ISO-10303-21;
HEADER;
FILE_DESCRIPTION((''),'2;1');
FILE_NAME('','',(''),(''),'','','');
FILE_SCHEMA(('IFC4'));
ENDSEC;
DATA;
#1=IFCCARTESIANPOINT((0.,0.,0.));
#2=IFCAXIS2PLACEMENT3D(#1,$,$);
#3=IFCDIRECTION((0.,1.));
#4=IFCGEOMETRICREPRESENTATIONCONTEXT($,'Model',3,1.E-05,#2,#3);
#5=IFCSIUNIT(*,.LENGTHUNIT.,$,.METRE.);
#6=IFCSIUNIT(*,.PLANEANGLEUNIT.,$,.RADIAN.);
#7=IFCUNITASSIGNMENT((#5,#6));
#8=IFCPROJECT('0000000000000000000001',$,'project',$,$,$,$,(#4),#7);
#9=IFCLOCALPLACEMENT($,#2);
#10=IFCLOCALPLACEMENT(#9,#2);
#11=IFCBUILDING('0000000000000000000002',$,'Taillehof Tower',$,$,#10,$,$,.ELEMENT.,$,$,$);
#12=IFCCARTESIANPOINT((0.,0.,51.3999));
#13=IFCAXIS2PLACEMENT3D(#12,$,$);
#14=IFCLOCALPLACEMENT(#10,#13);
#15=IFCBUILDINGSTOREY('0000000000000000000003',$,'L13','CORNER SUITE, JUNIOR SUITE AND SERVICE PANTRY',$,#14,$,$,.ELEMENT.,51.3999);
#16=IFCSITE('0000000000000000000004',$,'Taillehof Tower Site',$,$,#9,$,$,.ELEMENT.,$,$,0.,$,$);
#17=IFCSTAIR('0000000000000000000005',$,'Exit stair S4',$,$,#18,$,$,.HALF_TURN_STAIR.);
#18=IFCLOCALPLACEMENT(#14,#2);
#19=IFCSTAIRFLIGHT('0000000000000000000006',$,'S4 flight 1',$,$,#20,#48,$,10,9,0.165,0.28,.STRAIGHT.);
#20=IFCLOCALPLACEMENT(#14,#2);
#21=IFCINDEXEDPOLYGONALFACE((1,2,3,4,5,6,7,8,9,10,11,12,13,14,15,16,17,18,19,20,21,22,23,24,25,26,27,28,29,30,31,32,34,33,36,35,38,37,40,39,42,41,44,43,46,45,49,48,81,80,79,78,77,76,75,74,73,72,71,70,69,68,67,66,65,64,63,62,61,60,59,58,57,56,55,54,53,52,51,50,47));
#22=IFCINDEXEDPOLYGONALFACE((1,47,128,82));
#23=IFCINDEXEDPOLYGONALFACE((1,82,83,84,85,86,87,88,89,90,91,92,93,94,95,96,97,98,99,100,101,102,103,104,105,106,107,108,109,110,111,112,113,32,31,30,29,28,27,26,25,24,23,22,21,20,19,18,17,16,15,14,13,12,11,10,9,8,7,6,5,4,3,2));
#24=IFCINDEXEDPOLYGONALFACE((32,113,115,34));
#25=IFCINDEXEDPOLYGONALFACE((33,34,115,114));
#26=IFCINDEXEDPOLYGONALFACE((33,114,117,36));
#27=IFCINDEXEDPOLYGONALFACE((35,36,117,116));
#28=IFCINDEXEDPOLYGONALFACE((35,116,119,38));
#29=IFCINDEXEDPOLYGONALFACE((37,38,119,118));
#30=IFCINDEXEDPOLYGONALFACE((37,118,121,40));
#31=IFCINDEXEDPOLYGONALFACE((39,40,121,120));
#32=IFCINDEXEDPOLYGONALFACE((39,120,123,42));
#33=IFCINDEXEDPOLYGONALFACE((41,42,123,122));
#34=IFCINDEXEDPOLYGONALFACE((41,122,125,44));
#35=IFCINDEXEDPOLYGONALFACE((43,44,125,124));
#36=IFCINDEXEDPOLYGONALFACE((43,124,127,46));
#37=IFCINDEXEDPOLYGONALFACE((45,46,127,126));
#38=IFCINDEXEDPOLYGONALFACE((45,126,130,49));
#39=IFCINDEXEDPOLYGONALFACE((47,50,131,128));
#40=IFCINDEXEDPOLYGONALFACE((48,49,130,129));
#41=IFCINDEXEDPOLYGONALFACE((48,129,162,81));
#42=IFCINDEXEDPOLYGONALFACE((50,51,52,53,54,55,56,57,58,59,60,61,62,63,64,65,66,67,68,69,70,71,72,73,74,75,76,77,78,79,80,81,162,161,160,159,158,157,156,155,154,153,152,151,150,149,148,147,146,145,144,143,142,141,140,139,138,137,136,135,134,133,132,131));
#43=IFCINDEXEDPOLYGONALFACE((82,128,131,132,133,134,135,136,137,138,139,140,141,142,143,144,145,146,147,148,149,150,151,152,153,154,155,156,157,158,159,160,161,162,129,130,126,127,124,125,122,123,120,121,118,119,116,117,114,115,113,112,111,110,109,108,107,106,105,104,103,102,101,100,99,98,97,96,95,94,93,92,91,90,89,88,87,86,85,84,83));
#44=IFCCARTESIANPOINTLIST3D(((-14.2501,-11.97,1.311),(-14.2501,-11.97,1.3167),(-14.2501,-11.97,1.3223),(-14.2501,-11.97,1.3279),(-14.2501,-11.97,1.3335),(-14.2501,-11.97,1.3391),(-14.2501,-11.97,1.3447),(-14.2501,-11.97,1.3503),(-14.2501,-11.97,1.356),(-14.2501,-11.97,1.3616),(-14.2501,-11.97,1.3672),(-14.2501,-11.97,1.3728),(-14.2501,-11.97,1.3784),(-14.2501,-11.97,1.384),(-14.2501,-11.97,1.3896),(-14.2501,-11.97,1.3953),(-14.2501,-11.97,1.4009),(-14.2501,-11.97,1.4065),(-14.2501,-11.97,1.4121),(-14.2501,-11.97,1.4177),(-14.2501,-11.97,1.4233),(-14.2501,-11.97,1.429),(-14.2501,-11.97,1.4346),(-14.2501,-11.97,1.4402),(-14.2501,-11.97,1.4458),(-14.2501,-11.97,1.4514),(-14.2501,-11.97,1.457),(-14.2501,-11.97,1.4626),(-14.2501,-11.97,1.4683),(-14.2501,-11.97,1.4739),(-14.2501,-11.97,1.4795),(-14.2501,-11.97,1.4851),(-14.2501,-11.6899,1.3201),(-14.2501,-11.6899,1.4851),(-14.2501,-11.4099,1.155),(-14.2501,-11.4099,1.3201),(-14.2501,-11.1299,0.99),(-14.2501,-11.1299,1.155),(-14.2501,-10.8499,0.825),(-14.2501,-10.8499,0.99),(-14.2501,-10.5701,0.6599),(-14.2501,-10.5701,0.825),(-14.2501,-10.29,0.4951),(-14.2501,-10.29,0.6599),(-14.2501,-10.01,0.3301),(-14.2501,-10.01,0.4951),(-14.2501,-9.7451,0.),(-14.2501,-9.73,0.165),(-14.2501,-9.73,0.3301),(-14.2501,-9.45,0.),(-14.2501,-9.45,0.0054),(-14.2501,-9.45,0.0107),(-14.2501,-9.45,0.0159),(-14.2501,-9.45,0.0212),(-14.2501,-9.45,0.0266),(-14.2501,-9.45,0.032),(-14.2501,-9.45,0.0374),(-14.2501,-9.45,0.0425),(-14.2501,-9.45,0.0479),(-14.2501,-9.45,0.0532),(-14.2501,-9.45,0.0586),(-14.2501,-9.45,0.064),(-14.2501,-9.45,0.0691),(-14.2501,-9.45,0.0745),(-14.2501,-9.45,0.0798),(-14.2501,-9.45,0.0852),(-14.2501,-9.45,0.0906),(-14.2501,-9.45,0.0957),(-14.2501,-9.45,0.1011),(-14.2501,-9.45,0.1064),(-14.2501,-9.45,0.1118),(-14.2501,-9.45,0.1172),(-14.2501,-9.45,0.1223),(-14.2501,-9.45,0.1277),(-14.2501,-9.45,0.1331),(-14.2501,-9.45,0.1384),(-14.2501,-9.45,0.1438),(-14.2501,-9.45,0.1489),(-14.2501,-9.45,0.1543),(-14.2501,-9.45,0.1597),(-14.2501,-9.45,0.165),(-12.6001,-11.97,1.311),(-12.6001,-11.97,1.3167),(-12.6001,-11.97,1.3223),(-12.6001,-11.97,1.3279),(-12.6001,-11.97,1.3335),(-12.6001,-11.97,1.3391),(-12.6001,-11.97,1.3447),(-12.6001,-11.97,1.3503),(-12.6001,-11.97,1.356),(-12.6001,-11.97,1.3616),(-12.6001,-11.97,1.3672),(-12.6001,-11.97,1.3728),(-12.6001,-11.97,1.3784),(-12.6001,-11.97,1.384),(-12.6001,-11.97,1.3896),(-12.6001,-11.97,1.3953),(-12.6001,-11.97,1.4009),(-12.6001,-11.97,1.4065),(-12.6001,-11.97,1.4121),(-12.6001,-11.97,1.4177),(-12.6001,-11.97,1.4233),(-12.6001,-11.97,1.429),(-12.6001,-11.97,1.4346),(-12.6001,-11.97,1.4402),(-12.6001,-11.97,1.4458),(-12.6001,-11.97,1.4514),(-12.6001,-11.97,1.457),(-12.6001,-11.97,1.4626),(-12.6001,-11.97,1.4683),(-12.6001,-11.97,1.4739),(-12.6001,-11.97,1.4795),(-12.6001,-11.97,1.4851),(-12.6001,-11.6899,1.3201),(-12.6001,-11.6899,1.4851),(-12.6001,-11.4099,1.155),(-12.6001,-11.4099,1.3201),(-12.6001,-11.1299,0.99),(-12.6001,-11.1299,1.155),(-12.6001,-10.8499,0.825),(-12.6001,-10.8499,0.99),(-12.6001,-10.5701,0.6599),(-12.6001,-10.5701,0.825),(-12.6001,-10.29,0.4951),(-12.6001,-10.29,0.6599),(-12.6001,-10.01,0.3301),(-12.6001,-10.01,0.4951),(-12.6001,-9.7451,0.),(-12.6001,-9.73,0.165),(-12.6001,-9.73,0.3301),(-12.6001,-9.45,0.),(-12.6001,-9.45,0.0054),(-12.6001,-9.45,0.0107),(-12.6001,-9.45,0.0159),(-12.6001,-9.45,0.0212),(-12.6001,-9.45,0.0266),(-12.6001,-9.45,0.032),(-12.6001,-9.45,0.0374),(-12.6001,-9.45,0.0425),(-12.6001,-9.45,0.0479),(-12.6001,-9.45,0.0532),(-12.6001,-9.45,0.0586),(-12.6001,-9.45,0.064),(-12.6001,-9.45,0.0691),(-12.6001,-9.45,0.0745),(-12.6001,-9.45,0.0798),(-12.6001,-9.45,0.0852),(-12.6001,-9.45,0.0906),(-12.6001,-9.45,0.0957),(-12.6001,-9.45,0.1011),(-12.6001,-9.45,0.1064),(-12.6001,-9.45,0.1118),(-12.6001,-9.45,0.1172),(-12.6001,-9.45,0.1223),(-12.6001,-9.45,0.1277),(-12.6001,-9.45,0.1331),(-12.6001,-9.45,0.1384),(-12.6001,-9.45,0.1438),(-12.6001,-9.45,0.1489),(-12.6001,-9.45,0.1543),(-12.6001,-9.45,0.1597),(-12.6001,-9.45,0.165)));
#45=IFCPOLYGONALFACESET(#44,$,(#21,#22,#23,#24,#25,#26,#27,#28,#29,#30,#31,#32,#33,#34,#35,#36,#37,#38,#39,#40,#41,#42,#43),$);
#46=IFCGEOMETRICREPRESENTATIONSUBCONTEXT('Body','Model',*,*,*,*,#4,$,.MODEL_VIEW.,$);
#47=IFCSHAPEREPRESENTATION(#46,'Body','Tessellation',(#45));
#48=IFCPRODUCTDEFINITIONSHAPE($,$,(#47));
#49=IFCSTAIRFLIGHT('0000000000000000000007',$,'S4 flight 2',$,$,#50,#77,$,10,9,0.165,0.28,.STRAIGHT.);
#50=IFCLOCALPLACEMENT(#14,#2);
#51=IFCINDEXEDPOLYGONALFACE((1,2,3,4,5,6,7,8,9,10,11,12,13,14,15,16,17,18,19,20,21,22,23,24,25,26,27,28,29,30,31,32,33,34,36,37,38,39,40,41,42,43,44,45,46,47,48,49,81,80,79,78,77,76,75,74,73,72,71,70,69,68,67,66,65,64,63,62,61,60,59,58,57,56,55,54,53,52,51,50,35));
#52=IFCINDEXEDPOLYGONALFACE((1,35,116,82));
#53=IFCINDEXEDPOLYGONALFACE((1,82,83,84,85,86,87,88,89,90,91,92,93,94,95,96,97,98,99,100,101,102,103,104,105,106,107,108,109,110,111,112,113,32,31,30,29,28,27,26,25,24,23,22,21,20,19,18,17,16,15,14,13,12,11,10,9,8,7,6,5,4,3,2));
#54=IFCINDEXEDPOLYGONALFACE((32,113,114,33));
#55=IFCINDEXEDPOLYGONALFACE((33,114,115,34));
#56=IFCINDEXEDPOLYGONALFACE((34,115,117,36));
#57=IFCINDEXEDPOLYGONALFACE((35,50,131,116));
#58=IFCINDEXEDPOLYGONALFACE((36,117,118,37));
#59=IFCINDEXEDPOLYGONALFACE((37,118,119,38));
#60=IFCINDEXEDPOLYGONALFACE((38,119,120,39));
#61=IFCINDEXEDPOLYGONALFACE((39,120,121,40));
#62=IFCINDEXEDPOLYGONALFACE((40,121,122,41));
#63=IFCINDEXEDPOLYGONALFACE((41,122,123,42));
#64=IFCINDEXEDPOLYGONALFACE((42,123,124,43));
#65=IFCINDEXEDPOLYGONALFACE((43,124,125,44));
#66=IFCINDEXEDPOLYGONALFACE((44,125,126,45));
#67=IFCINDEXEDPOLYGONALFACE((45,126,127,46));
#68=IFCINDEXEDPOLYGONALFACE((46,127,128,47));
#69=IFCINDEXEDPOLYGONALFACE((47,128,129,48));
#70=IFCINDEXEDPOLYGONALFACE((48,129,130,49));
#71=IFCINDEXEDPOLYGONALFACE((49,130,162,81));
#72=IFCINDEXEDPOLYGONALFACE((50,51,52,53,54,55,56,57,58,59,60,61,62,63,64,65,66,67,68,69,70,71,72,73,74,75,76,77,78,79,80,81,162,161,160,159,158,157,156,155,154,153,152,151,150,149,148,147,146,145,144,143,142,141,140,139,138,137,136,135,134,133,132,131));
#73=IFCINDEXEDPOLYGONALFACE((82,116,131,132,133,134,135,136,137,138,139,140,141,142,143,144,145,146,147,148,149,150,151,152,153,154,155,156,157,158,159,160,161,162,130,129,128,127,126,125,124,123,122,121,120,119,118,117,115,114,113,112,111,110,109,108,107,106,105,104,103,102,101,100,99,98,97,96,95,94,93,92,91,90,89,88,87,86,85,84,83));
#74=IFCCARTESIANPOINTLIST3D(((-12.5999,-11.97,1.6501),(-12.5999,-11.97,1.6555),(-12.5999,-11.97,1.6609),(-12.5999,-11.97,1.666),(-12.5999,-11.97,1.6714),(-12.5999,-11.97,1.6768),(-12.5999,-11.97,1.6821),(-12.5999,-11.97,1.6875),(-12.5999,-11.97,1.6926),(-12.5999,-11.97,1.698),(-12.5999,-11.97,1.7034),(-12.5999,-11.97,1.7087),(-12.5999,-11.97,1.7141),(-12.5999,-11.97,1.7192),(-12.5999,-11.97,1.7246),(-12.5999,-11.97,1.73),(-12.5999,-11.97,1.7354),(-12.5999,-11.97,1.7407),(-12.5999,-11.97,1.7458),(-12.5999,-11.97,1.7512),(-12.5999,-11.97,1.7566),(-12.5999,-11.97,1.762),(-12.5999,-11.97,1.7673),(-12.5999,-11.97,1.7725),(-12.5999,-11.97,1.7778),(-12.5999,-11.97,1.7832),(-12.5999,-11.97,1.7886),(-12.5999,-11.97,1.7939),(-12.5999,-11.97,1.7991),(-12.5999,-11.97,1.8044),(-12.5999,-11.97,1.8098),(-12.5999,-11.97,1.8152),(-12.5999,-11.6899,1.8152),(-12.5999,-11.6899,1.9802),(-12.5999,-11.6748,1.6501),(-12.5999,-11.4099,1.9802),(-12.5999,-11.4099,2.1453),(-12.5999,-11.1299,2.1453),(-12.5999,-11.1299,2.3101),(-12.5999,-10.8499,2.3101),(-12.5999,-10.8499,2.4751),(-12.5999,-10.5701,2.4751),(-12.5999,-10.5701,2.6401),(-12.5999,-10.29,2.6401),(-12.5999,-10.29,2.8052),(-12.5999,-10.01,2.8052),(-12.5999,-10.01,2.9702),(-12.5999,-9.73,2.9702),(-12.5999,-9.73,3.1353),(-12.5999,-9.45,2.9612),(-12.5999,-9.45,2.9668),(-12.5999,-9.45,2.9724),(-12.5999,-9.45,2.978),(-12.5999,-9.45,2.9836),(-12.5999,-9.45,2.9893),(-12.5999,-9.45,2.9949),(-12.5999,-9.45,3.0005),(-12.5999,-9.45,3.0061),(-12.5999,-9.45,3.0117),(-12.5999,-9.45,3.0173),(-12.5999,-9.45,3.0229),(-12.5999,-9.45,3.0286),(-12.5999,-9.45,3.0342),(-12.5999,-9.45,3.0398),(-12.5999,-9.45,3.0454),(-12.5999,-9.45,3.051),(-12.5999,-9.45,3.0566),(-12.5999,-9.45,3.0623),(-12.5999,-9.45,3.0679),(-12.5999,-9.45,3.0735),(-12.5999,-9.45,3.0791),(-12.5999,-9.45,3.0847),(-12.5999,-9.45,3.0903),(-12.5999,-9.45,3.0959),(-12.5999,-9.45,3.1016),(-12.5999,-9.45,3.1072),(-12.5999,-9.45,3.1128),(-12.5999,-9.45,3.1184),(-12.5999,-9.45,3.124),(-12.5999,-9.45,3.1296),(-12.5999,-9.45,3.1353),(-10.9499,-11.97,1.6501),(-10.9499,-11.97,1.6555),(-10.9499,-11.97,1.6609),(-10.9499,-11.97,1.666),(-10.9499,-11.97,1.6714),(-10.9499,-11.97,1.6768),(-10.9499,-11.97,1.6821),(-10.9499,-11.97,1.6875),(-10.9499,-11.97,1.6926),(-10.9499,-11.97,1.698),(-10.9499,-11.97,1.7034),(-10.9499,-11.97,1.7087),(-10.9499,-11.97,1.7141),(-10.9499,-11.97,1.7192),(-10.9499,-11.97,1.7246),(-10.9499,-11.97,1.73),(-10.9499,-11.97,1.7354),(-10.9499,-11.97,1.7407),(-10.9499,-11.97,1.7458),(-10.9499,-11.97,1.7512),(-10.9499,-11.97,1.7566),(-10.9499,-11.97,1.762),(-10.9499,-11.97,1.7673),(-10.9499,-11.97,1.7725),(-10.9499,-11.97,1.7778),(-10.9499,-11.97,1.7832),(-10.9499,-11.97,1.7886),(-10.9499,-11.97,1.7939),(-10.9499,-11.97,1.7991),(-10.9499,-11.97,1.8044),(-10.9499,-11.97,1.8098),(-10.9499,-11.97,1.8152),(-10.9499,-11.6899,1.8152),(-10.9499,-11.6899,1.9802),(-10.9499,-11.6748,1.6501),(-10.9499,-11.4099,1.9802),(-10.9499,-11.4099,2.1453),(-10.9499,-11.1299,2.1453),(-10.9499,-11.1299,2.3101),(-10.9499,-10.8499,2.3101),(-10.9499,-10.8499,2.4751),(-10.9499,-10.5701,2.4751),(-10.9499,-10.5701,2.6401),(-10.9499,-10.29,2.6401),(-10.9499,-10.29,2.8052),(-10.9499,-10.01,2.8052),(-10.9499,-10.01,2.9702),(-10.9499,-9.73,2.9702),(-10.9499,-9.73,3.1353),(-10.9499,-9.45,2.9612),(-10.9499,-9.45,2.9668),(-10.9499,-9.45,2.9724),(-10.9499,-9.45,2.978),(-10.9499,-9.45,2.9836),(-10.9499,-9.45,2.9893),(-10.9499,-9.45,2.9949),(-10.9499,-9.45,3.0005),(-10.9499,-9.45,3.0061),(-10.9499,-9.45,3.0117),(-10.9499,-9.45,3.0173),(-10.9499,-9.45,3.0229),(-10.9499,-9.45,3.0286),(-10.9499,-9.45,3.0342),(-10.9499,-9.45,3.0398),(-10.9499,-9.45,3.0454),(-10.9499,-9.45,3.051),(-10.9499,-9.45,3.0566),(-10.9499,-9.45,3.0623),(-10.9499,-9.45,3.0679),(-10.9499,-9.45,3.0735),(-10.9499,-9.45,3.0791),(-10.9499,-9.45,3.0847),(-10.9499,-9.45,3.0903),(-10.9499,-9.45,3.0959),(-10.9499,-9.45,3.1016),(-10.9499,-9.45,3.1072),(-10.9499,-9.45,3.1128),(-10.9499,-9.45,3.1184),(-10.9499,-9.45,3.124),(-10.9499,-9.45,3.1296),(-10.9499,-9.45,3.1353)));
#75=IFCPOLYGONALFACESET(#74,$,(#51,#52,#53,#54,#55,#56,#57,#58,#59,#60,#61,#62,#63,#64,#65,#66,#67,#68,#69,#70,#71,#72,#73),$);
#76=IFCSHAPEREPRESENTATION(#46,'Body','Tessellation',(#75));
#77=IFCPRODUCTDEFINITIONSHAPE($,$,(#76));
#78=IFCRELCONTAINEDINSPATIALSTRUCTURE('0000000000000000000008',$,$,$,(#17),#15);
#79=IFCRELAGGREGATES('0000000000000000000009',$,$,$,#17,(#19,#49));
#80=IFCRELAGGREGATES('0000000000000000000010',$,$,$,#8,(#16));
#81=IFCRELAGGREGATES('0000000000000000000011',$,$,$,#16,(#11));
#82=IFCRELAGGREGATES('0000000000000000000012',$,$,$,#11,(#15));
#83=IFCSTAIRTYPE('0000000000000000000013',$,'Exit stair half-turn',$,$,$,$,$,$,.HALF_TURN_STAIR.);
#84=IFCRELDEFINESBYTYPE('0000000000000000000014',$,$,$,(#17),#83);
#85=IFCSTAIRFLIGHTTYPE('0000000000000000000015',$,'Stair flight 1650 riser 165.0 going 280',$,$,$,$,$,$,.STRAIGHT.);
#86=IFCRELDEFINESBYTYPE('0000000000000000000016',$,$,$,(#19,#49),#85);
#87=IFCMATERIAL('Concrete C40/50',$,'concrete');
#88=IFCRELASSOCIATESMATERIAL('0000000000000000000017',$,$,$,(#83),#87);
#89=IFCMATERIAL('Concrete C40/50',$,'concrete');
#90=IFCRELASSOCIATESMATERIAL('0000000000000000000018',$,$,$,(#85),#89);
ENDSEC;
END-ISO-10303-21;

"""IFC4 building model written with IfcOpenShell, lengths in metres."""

from ifc_helpers import new_model, si_unit, direction, frame, origin, place, context, subcontext, project, spatial, polyline, outline, extrude, material, type_object, element, aggregate, save


model = new_model("IFC4")

# Units and contexts
model_context = context("Model", 3, precision=1e-05, world=origin(), true_north=direction((0.0, 1.0)))
body_context = subcontext(model_context, "Body", "Model", "MODEL_VIEW")
ifc_project = project(units=[si_unit("LENGTHUNIT", "METRE"), si_unit("PLANEANGLEUNIT", "RADIAN")], contexts=[model_context])

# Site, building, storey
site_placement = place(None, origin())
site = spatial("IfcSite", under=ifc_project, at=site_placement, Name="Taillehof Tower Site", CompositionType="ELEMENT", RefElevation=0.0)
building_placement = place(site_placement, origin())
building = spatial("IfcBuilding", under=site, at=building_placement, Name="Taillehof Tower", CompositionType="ELEMENT")
storey_placement = place(building_placement, frame((0.0, 0.0, 51.3999)))
storey = spatial("IfcBuildingStorey", under=building, at=storey_placement, Name="L13", Description="CORNER SUITE, JUNIOR SUITE AND SERVICE PANTRY", CompositionType="ELEMENT", Elevation=51.3999)

# Stair, stair flights
ifc_material_1 = material(Name="Concrete C40/50", Category="concrete")
stair_type = type_object("IfcStairType", Name="Exit stair half-turn", PredefinedType="HALF_TURN_STAIR", material=ifc_material_1)
stair_placement = place(storey_placement, origin())
stair = element("IfcStair", 1, at=stair_placement, inside=storey, type_object=stair_type, Name="Exit stair S4", PredefinedType="HALF_TURN_STAIR")
ifc_material_2 = material(Name="Concrete C40/50", Category="concrete")
stair_flight_type = type_object("IfcStairFlightType", Name="Stair flight 1650 riser 165.0 going 280", PredefinedType="STRAIGHT", material=ifc_material_2)
stair_flight_1_placement = place(storey_placement, frame((-13.425, -9.45, 0.0), z_axis=(0.0, 0.0, 1.0), x_axis=(0.0, -1.0, 0.0)))
stair_flight_1 = element("IfcStairFlight", 2, at=stair_flight_1_placement, type_object=stair_flight_type, Name="S4 flight 1", NumberOfRisers=10, NumberOfTreads=9, PredefinedType="STRAIGHT", RiserHeight=0.165, TreadLength=0.28, context=body_context, shape_type="SweptSolid", body=[
    extrude(outline(polyline([(0.0, 0.0), (0.0, 0.0054), (0.0, 0.0107), (0.0, 0.0159), (0.0, 0.0212), (0.0, 0.0266), (0.0, 0.032), (0.0, 0.0374), (0.0, 0.0425), (0.0, 0.0479), (0.0, 0.0532), (0.0, 0.0586), (0.0, 0.064), (0.0, 0.0691), (0.0, 0.0745), (0.0, 0.0798), (0.0, 0.0852), (0.0, 0.0906), (0.0, 0.0957), (0.0, 0.1011), (0.0, 0.1064), (0.0, 0.1118), (0.0, 0.1172), (0.0, 0.1223), (0.0, 0.1277), (0.0, 0.1331), (0.0, 0.1384), (0.0, 0.1438), (0.0, 0.1489), (0.0, 0.1543), (0.0, 0.1597), (0.0, 0.165), (0.28, 0.165), (0.28, 0.3301), (0.5601, 0.3301), (0.5601, 0.4951), (0.8401, 0.4951), (0.8401, 0.6599), (1.1201, 0.6599), (1.1201, 0.825), (1.3999, 0.825), (1.3999, 0.99), (1.6799, 0.99), (1.6799, 1.155), (1.96, 1.155), (1.96, 1.3201), (2.24, 1.3201), (2.24, 1.4851), (2.52, 1.4851), (2.52, 1.4795), (2.52, 1.4739), (2.52, 1.4683), (2.52, 1.4626), (2.52, 1.457), (2.52, 1.4514), (2.52, 1.4458), (2.52, 1.4402), (2.52, 1.4346), (2.52, 1.429), (2.52, 1.4233), (2.52, 1.4177), (2.52, 1.4121), (2.52, 1.4065), (2.52, 1.4009), (2.52, 1.3953), (2.52, 1.3896), (2.52, 1.384), (2.52, 1.3784), (2.52, 1.3728), (2.52, 1.3672), (2.52, 1.3616), (2.52, 1.356), (2.52, 1.3503), (2.52, 1.3447), (2.52, 1.3391), (2.52, 1.3335), (2.52, 1.3279), (2.52, 1.3223), (2.52, 1.3167), (2.52, 1.311), (0.2952, 0.0), (0.0, 0.0)])), frame((0.0, 0.825, 0.0), z_axis=(0.0, -1.0, 0.0), x_axis=(1.0, 0.0, 0.0)), (0.0, 0.0, 1.0), 1.65),
])
stair_flight_2_placement = place(storey_placement, frame((-11.7749, -11.97, 1.6501), z_axis=(0.0, 0.0, 1.0), x_axis=(0.0, 1.0, 0.0)))
stair_flight_2 = element("IfcStairFlight", 3, at=stair_flight_2_placement, type_object=stair_flight_type, Name="S4 flight 2", NumberOfRisers=10, NumberOfTreads=9, PredefinedType="STRAIGHT", RiserHeight=0.165, TreadLength=0.28, context=body_context, shape_type="SweptSolid", body=[
    extrude(outline(polyline([(0.0, 0.0), (0.0, 0.0054), (0.0, 0.0107), (0.0, 0.0159), (0.0, 0.0212), (0.0, 0.0266), (0.0, 0.032), (0.0, 0.0374), (0.0, 0.0425), (0.0, 0.0479), (0.0, 0.0532), (0.0, 0.0586), (0.0, 0.064), (0.0, 0.0691), (0.0, 0.0745), (0.0, 0.0798), (0.0, 0.0852), (0.0, 0.0906), (0.0, 0.0957), (0.0, 0.1011), (0.0, 0.1064), (0.0, 0.1118), (0.0, 0.1172), (0.0, 0.1223), (0.0, 0.1277), (0.0, 0.1331), (0.0, 0.1384), (0.0, 0.1438), (0.0, 0.1489), (0.0, 0.1543), (0.0, 0.1597), (0.0, 0.165), (0.28, 0.165), (0.28, 0.3301), (0.5601, 0.3301), (0.5601, 0.4951), (0.8401, 0.4951), (0.8401, 0.6599), (1.1201, 0.6599), (1.1201, 0.825), (1.3999, 0.825), (1.3999, 0.99), (1.6799, 0.99), (1.6799, 1.155), (1.96, 1.155), (1.96, 1.3201), (2.24, 1.3201), (2.24, 1.4851), (2.52, 1.4851), (2.52, 1.4795), (2.52, 1.4739), (2.52, 1.4683), (2.52, 1.4626), (2.52, 1.457), (2.52, 1.4514), (2.52, 1.4458), (2.52, 1.4402), (2.52, 1.4346), (2.52, 1.429), (2.52, 1.4233), (2.52, 1.4177), (2.52, 1.4121), (2.52, 1.4065), (2.52, 1.4009), (2.52, 1.3953), (2.52, 1.3896), (2.52, 1.384), (2.52, 1.3784), (2.52, 1.3728), (2.52, 1.3672), (2.52, 1.3616), (2.52, 1.356), (2.52, 1.3503), (2.52, 1.3447), (2.52, 1.3391), (2.52, 1.3335), (2.52, 1.3279), (2.52, 1.3223), (2.52, 1.3167), (2.52, 1.311), (0.2952, 0.0), (0.0, 0.0)])), frame((0.0, 0.825, 0.0), z_axis=(0.0, -1.0, 0.0), x_axis=(1.0, 0.0, 0.0)), (0.0, 0.0, 1.0), 1.65),
])
aggregate(stair, [stair_flight_1, stair_flight_2])

save(model, "model.ifc")
